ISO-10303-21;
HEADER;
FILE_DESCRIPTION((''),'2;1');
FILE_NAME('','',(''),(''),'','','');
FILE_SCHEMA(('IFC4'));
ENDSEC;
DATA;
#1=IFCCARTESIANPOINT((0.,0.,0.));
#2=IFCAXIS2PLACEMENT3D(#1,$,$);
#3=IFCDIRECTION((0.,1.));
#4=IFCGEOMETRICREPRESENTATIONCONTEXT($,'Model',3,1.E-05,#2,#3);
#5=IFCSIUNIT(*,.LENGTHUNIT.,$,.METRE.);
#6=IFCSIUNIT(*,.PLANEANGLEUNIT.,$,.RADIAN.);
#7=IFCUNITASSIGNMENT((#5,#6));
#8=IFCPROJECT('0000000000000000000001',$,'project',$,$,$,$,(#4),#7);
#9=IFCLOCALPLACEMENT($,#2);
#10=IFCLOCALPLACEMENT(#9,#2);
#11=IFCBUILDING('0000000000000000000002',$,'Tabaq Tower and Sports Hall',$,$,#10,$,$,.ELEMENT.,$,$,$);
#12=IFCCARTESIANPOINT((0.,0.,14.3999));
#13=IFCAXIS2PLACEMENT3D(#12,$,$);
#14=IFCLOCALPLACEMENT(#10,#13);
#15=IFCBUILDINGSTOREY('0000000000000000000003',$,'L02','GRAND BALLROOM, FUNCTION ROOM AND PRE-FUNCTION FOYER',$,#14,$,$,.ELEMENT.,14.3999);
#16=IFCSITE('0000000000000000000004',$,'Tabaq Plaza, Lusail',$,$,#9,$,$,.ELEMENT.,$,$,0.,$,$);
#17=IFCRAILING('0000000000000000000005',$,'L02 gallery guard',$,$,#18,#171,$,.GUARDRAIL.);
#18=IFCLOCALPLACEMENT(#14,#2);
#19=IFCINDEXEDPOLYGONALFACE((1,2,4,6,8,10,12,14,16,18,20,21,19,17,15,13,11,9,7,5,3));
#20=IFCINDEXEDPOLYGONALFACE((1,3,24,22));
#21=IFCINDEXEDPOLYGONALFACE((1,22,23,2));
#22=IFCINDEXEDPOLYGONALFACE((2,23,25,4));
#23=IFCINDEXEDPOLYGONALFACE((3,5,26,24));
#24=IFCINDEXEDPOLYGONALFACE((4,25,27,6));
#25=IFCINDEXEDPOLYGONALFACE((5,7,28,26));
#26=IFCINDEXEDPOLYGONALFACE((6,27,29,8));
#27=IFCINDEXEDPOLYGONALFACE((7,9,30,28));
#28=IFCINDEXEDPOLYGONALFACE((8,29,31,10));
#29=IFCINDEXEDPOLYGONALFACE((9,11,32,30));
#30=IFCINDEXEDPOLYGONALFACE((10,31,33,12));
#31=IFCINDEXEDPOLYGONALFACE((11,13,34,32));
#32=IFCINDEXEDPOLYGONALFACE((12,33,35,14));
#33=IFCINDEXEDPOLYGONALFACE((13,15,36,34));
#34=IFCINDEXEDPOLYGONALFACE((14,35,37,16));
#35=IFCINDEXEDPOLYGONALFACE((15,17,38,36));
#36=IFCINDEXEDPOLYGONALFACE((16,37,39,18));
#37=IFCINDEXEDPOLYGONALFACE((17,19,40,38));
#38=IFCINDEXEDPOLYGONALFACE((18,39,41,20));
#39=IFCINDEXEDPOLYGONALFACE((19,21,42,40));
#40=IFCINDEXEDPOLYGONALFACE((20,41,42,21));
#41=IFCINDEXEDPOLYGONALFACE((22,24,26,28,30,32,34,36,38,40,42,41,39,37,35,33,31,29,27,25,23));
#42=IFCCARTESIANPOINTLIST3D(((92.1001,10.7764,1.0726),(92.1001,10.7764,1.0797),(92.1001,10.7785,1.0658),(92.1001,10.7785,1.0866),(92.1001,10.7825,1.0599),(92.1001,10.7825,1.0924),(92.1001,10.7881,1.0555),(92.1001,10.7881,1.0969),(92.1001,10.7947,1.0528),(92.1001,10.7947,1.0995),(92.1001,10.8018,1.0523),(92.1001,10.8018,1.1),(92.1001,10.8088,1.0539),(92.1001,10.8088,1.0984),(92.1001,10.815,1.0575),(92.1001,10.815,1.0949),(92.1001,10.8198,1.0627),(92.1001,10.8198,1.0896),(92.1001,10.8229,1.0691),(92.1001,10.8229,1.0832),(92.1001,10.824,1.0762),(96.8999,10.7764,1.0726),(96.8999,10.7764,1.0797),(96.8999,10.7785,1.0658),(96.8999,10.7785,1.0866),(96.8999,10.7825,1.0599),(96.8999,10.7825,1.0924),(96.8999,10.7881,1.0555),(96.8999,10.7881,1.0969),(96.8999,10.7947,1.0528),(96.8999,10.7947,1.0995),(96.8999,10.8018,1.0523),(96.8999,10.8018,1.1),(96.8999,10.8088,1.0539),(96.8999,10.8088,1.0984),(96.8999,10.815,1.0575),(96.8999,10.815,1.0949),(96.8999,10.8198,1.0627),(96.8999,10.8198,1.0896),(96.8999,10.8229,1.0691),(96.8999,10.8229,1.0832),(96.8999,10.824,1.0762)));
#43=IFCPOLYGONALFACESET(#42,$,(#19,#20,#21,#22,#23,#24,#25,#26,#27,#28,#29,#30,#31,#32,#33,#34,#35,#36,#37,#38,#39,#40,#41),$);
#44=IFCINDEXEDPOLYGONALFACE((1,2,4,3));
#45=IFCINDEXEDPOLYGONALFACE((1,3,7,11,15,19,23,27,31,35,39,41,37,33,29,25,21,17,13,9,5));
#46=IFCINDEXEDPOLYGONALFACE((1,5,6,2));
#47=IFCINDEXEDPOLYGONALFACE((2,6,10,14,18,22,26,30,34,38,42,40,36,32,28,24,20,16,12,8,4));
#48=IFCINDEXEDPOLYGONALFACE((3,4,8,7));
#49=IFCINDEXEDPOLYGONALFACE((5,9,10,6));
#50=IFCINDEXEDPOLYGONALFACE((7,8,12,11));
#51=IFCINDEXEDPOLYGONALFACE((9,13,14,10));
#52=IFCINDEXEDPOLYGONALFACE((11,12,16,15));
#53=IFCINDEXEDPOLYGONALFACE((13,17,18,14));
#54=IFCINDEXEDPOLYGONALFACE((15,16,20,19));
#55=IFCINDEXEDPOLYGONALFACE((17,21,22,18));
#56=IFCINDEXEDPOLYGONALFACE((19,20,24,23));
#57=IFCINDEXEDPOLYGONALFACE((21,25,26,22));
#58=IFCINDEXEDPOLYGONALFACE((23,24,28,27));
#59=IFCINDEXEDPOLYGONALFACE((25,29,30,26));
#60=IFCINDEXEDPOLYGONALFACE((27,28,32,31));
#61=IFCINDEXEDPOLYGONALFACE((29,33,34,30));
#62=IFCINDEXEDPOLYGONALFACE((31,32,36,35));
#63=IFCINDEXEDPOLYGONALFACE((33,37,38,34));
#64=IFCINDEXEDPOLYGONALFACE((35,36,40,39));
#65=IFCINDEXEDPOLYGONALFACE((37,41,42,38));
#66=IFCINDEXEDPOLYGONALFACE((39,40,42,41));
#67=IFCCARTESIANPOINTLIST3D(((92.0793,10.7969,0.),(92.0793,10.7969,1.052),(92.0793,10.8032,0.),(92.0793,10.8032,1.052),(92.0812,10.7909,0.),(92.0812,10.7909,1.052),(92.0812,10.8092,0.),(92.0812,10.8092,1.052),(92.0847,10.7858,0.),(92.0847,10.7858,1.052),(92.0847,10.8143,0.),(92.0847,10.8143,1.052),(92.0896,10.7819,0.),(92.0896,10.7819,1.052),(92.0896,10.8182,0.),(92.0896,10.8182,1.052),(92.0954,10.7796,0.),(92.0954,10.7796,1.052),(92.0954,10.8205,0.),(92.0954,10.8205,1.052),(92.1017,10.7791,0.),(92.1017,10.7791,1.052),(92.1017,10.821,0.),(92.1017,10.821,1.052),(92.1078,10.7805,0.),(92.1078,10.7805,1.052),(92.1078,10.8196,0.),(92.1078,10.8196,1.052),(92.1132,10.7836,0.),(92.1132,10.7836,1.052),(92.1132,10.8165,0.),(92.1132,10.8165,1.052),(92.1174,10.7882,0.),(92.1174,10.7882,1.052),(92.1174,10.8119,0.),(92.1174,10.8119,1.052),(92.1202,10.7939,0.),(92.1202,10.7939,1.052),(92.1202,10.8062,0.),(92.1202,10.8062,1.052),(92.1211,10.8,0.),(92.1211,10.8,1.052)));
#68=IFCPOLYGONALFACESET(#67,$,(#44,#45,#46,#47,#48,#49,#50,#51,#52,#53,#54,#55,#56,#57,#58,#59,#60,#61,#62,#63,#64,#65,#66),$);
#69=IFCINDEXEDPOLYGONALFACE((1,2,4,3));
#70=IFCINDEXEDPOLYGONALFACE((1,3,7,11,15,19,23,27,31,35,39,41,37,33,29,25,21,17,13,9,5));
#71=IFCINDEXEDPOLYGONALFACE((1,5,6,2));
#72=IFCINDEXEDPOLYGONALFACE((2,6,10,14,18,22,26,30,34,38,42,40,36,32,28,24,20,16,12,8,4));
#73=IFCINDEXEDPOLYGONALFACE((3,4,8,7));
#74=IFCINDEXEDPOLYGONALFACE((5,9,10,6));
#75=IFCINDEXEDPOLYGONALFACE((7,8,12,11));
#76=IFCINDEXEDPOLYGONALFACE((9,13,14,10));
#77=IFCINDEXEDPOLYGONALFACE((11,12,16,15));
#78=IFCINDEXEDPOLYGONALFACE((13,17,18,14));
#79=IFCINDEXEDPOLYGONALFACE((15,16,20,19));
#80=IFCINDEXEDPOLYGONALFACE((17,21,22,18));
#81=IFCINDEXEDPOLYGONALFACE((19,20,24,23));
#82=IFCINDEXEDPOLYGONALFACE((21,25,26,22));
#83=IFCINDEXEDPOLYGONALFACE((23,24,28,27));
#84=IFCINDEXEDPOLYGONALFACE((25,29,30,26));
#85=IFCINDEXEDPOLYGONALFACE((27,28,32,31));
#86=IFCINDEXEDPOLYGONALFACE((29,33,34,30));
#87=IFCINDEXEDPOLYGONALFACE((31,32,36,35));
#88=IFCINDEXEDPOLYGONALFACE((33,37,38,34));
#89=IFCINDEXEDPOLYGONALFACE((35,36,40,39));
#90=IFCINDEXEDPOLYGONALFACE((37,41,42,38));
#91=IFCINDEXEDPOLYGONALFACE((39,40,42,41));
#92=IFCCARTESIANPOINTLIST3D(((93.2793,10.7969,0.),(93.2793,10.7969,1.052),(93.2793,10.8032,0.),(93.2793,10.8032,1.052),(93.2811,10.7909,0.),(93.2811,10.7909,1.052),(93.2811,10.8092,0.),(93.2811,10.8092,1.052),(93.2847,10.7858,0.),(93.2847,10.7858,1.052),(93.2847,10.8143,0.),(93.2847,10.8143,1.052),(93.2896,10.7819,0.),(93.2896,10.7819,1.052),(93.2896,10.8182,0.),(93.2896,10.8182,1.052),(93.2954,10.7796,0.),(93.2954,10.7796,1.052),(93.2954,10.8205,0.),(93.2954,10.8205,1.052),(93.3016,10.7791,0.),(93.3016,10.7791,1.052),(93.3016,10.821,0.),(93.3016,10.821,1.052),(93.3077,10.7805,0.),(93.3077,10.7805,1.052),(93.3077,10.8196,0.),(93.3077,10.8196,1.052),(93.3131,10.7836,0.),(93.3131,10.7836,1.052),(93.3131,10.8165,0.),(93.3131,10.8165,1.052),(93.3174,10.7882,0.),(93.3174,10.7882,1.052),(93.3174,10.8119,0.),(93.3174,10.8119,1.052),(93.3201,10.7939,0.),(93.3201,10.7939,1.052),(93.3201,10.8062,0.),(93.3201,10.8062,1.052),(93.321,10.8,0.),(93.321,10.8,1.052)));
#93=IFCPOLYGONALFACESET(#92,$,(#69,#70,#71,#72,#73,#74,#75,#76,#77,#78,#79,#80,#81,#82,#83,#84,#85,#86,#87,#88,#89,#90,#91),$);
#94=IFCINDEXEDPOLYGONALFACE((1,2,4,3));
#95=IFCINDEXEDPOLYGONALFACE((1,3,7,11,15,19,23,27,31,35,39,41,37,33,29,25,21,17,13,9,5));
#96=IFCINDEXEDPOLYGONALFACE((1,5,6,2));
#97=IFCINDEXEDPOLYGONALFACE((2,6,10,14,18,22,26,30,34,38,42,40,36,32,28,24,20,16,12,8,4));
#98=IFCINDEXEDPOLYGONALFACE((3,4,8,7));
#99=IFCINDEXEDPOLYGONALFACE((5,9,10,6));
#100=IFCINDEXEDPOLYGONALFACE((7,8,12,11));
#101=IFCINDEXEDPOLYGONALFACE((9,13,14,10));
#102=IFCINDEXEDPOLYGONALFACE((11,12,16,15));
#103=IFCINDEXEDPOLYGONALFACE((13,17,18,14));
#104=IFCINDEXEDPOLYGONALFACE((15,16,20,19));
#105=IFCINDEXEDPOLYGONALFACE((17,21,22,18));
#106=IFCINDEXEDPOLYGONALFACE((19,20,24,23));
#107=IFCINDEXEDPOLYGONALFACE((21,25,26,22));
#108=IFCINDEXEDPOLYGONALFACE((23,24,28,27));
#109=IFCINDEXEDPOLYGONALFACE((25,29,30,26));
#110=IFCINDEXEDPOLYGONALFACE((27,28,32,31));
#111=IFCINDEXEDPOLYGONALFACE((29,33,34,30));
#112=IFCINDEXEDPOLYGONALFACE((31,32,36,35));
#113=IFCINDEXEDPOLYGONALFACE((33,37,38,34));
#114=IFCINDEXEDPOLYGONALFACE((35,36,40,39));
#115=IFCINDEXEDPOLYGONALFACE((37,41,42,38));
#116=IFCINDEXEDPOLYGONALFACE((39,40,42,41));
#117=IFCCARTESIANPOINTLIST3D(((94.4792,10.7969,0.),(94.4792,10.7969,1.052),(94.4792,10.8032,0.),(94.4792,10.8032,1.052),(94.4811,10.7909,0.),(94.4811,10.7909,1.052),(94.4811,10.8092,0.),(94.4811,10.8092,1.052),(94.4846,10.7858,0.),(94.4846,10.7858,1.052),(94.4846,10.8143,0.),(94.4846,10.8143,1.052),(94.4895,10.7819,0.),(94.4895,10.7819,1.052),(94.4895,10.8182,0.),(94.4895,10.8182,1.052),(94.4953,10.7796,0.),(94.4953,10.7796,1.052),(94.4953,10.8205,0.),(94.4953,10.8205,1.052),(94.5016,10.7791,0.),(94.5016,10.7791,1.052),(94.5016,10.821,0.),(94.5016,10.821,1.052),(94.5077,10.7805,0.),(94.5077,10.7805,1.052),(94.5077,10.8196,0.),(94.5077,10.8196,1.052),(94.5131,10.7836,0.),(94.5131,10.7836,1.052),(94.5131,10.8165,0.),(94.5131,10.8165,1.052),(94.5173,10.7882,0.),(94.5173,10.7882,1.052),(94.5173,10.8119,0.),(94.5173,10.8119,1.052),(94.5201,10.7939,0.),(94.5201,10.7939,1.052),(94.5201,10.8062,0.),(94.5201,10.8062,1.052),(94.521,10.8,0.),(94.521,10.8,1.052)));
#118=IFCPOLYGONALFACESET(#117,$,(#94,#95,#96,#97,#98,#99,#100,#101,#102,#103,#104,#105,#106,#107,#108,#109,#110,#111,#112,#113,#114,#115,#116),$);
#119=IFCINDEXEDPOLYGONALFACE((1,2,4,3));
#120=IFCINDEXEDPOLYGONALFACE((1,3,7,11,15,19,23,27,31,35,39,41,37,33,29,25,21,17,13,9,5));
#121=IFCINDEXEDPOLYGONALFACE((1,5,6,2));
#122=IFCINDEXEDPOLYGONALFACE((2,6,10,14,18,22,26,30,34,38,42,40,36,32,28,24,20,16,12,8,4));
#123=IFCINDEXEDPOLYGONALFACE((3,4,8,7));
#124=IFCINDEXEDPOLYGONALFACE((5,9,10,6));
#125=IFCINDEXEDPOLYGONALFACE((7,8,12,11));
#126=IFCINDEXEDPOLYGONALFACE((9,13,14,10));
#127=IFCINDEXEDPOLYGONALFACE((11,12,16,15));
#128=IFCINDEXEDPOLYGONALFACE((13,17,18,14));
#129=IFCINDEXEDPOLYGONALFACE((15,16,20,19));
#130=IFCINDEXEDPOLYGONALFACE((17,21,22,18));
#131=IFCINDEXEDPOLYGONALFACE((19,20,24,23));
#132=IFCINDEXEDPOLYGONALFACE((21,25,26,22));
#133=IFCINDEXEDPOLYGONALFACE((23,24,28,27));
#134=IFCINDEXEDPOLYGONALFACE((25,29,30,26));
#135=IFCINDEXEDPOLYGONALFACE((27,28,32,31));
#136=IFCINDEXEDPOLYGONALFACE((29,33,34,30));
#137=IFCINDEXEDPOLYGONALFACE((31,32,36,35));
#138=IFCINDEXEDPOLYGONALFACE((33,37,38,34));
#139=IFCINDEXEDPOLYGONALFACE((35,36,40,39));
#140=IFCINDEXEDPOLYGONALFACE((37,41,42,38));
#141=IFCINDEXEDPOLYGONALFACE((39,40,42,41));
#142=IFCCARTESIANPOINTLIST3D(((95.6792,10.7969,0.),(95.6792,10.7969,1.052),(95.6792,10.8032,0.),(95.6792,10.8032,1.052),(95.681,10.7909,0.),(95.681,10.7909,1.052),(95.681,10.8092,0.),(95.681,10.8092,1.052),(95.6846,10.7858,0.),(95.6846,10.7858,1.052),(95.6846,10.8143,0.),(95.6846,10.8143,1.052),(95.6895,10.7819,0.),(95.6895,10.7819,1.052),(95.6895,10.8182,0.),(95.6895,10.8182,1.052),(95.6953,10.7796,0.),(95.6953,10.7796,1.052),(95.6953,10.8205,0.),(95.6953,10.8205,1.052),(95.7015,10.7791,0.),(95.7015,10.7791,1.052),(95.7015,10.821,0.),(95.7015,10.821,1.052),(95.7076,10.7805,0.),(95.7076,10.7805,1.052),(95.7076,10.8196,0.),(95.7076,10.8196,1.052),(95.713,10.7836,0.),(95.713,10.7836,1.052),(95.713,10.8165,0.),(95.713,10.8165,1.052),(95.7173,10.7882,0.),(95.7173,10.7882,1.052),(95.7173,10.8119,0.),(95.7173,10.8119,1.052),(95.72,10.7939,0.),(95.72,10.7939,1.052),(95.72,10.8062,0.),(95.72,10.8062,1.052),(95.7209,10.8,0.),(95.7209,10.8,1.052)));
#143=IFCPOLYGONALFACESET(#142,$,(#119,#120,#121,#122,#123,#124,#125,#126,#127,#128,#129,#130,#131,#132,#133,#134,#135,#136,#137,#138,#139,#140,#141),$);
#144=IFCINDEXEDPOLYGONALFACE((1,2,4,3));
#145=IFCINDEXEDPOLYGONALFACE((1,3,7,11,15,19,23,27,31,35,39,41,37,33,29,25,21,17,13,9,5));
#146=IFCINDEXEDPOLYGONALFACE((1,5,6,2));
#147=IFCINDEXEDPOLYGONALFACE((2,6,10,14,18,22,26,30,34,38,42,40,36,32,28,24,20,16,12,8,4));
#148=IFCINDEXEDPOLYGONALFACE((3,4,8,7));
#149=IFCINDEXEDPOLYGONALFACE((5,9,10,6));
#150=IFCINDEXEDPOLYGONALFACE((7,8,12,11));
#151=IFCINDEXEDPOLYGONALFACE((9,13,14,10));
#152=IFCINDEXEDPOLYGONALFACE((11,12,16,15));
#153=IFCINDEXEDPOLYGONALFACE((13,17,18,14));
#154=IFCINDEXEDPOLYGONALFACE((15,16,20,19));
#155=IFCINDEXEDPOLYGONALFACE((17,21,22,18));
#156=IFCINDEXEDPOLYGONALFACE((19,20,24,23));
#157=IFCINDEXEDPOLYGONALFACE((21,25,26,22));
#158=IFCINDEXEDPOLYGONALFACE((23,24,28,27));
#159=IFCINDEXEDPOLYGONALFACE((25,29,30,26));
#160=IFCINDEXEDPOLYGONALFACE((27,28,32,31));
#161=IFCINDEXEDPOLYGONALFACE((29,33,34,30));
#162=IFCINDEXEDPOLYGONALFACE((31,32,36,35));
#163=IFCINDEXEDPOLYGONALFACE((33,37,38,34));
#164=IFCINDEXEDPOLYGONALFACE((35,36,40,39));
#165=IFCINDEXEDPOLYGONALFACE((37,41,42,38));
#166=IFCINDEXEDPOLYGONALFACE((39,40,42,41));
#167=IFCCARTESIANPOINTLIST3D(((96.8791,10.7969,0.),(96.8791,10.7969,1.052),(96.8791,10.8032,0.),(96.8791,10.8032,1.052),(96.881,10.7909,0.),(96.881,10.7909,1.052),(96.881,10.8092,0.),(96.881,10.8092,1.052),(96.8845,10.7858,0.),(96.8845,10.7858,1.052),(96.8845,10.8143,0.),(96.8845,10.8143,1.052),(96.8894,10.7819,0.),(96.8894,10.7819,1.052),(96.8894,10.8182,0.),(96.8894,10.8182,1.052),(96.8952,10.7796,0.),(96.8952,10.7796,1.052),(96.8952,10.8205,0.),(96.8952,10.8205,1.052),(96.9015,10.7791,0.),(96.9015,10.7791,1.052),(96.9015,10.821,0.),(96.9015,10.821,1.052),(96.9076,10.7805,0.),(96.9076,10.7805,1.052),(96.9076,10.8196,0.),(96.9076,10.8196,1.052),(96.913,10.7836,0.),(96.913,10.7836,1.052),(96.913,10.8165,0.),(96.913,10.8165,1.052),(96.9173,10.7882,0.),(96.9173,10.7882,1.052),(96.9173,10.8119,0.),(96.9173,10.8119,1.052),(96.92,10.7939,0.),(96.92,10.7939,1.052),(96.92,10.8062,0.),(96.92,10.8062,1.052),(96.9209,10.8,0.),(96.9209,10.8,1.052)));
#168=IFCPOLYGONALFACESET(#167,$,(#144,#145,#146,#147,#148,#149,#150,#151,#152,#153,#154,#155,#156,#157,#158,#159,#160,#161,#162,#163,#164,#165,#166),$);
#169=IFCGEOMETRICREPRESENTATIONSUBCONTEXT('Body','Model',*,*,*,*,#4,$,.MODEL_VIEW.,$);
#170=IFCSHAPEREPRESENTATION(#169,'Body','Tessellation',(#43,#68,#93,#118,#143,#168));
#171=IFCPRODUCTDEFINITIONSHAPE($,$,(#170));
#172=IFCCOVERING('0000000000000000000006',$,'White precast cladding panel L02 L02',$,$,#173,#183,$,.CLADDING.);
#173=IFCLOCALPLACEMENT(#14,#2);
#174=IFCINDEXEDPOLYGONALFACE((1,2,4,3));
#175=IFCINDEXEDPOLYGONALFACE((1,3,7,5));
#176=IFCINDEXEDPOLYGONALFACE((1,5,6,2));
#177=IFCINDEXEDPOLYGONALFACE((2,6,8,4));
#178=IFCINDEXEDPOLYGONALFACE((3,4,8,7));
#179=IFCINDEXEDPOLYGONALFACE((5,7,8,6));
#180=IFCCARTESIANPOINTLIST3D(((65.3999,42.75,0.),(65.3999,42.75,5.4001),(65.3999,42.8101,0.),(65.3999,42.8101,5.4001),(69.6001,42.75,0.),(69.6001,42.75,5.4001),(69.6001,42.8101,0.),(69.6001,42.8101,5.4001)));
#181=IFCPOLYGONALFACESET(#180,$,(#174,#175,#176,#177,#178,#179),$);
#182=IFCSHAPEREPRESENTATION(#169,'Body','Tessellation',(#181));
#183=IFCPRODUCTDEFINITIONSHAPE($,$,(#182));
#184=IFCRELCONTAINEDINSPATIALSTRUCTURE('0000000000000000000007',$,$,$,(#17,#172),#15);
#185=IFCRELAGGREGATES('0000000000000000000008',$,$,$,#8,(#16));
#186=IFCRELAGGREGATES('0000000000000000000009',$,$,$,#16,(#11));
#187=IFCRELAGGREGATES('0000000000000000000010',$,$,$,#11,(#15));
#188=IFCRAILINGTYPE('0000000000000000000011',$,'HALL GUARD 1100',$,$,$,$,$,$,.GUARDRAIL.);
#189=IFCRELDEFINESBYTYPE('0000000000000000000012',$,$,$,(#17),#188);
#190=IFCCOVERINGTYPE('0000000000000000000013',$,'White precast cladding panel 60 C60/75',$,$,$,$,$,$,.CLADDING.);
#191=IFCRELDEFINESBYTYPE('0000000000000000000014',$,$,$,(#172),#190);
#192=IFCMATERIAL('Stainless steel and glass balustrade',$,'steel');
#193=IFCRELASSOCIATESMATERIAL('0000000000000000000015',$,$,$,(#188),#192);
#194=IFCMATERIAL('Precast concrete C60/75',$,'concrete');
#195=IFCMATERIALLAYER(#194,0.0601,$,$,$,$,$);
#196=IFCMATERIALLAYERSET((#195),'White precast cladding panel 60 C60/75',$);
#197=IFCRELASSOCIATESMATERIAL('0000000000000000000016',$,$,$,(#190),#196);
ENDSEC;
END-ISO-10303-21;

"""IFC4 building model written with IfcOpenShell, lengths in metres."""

from ifc_helpers import new_model, si_unit, direction, frame, frame_2d, origin, origin_2d, place, context, subcontext, project, spatial, rectangle, circle, extrude, material, layer, layer_set, type_object, element, save


model = new_model("IFC4")

# Units and contexts
model_context = context("Model", 3, precision=1e-05, world=origin(), true_north=direction((0.0, 1.0)))
body_context = subcontext(model_context, "Body", "Model", "MODEL_VIEW")
ifc_project = project(units=[si_unit("LENGTHUNIT", "METRE"), si_unit("PLANEANGLEUNIT", "RADIAN")], contexts=[model_context])

# Site, building, storey
site_placement = place(None, origin())
site = spatial("IfcSite", under=ifc_project, at=site_placement, Name="Tabaq Plaza, Lusail", CompositionType="ELEMENT", RefElevation=0.0)
building_placement = place(site_placement, origin())
building = spatial("IfcBuilding", under=site, at=building_placement, Name="Tabaq Tower and Sports Hall", CompositionType="ELEMENT")
storey_placement = place(building_placement, frame((0.0, 0.0, 14.3999)))
storey = spatial("IfcBuildingStorey", under=building, at=storey_placement, Name="L02", Description="GRAND BALLROOM, FUNCTION ROOM AND PRE-FUNCTION FOYER", CompositionType="ELEMENT", Elevation=14.3999)

# Railing
ifc_material_1 = material(Name="Stainless steel and glass balustrade", Category="steel")
railing_type = type_object("IfcRailingType", Name="HALL GUARD 1100", PredefinedType="GUARDRAIL", material=ifc_material_1)
railing_placement = place(storey_placement, frame((92.1001, 10.8, 0.0)))
element("IfcRailing", 1, at=railing_placement, inside=storey, type_object=railing_type, Name="L02 gallery guard", PredefinedType="GUARDRAIL", context=body_context, shape_type="SweptSolid", body=[
    extrude(circle(Radius=0.0239, at=origin_2d()), frame((0.0, 0.0, 1.0762), z_axis=(1.0, 0.0, 0.0), x_axis=(0.0, 1.0, 0.0)), (0.0, 0.0, 1.0), 4.7998),
    extrude(circle(Radius=0.021, at=origin_2d()), origin(), (0.0, 0.0, 1.0), 1.052),
    extrude(circle(Radius=0.021, at=origin_2d()), frame((1.2, 0.0, 0.0)), (0.0, 0.0, 1.0), 1.052),
    extrude(circle(Radius=0.021, at=origin_2d()), frame((2.3999, 0.0, 0.0)), (0.0, 0.0, 1.0), 1.052),
    extrude(circle(Radius=0.021, at=origin_2d()), frame((3.5999, 0.0, 0.0)), (0.0, 0.0, 1.0), 1.052),
    extrude(circle(Radius=0.021, at=origin_2d()), frame((4.7998, 0.0, 0.0)), (0.0, 0.0, 1.0), 1.052),
])

# Covering
ifc_material_2 = material(Name="Precast concrete C60/75", Category="concrete")
ifc_layer_1 = layer(ifc_material_2, 0.0601)
ifc_layer_set_1 = layer_set([ifc_layer_1], Name="White precast cladding panel 60 C60/75")
covering_type = type_object("IfcCoveringType", Name="White precast cladding panel 60 C60/75", PredefinedType="CLADDING", material=ifc_layer_set_1)
covering_placement = place(storey_placement, frame((65.3999, 42.78, 0.0), z_axis=(0.0, 0.0, 1.0), x_axis=(1.0, 0.0, 0.0)))
element("IfcCovering", 2, at=covering_placement, inside=storey, type_object=covering_type, Name="White precast cladding panel L02 L02", PredefinedType="CLADDING", context=body_context, shape_type="SweptSolid", body=[
    extrude(rectangle(XDim=4.2002, YDim=0.0601, at=frame_2d((2.1001, 0.0))), origin(), (0.0, 0.0, 1.0), 5.4001),
])

save(model, "model.ifc")
